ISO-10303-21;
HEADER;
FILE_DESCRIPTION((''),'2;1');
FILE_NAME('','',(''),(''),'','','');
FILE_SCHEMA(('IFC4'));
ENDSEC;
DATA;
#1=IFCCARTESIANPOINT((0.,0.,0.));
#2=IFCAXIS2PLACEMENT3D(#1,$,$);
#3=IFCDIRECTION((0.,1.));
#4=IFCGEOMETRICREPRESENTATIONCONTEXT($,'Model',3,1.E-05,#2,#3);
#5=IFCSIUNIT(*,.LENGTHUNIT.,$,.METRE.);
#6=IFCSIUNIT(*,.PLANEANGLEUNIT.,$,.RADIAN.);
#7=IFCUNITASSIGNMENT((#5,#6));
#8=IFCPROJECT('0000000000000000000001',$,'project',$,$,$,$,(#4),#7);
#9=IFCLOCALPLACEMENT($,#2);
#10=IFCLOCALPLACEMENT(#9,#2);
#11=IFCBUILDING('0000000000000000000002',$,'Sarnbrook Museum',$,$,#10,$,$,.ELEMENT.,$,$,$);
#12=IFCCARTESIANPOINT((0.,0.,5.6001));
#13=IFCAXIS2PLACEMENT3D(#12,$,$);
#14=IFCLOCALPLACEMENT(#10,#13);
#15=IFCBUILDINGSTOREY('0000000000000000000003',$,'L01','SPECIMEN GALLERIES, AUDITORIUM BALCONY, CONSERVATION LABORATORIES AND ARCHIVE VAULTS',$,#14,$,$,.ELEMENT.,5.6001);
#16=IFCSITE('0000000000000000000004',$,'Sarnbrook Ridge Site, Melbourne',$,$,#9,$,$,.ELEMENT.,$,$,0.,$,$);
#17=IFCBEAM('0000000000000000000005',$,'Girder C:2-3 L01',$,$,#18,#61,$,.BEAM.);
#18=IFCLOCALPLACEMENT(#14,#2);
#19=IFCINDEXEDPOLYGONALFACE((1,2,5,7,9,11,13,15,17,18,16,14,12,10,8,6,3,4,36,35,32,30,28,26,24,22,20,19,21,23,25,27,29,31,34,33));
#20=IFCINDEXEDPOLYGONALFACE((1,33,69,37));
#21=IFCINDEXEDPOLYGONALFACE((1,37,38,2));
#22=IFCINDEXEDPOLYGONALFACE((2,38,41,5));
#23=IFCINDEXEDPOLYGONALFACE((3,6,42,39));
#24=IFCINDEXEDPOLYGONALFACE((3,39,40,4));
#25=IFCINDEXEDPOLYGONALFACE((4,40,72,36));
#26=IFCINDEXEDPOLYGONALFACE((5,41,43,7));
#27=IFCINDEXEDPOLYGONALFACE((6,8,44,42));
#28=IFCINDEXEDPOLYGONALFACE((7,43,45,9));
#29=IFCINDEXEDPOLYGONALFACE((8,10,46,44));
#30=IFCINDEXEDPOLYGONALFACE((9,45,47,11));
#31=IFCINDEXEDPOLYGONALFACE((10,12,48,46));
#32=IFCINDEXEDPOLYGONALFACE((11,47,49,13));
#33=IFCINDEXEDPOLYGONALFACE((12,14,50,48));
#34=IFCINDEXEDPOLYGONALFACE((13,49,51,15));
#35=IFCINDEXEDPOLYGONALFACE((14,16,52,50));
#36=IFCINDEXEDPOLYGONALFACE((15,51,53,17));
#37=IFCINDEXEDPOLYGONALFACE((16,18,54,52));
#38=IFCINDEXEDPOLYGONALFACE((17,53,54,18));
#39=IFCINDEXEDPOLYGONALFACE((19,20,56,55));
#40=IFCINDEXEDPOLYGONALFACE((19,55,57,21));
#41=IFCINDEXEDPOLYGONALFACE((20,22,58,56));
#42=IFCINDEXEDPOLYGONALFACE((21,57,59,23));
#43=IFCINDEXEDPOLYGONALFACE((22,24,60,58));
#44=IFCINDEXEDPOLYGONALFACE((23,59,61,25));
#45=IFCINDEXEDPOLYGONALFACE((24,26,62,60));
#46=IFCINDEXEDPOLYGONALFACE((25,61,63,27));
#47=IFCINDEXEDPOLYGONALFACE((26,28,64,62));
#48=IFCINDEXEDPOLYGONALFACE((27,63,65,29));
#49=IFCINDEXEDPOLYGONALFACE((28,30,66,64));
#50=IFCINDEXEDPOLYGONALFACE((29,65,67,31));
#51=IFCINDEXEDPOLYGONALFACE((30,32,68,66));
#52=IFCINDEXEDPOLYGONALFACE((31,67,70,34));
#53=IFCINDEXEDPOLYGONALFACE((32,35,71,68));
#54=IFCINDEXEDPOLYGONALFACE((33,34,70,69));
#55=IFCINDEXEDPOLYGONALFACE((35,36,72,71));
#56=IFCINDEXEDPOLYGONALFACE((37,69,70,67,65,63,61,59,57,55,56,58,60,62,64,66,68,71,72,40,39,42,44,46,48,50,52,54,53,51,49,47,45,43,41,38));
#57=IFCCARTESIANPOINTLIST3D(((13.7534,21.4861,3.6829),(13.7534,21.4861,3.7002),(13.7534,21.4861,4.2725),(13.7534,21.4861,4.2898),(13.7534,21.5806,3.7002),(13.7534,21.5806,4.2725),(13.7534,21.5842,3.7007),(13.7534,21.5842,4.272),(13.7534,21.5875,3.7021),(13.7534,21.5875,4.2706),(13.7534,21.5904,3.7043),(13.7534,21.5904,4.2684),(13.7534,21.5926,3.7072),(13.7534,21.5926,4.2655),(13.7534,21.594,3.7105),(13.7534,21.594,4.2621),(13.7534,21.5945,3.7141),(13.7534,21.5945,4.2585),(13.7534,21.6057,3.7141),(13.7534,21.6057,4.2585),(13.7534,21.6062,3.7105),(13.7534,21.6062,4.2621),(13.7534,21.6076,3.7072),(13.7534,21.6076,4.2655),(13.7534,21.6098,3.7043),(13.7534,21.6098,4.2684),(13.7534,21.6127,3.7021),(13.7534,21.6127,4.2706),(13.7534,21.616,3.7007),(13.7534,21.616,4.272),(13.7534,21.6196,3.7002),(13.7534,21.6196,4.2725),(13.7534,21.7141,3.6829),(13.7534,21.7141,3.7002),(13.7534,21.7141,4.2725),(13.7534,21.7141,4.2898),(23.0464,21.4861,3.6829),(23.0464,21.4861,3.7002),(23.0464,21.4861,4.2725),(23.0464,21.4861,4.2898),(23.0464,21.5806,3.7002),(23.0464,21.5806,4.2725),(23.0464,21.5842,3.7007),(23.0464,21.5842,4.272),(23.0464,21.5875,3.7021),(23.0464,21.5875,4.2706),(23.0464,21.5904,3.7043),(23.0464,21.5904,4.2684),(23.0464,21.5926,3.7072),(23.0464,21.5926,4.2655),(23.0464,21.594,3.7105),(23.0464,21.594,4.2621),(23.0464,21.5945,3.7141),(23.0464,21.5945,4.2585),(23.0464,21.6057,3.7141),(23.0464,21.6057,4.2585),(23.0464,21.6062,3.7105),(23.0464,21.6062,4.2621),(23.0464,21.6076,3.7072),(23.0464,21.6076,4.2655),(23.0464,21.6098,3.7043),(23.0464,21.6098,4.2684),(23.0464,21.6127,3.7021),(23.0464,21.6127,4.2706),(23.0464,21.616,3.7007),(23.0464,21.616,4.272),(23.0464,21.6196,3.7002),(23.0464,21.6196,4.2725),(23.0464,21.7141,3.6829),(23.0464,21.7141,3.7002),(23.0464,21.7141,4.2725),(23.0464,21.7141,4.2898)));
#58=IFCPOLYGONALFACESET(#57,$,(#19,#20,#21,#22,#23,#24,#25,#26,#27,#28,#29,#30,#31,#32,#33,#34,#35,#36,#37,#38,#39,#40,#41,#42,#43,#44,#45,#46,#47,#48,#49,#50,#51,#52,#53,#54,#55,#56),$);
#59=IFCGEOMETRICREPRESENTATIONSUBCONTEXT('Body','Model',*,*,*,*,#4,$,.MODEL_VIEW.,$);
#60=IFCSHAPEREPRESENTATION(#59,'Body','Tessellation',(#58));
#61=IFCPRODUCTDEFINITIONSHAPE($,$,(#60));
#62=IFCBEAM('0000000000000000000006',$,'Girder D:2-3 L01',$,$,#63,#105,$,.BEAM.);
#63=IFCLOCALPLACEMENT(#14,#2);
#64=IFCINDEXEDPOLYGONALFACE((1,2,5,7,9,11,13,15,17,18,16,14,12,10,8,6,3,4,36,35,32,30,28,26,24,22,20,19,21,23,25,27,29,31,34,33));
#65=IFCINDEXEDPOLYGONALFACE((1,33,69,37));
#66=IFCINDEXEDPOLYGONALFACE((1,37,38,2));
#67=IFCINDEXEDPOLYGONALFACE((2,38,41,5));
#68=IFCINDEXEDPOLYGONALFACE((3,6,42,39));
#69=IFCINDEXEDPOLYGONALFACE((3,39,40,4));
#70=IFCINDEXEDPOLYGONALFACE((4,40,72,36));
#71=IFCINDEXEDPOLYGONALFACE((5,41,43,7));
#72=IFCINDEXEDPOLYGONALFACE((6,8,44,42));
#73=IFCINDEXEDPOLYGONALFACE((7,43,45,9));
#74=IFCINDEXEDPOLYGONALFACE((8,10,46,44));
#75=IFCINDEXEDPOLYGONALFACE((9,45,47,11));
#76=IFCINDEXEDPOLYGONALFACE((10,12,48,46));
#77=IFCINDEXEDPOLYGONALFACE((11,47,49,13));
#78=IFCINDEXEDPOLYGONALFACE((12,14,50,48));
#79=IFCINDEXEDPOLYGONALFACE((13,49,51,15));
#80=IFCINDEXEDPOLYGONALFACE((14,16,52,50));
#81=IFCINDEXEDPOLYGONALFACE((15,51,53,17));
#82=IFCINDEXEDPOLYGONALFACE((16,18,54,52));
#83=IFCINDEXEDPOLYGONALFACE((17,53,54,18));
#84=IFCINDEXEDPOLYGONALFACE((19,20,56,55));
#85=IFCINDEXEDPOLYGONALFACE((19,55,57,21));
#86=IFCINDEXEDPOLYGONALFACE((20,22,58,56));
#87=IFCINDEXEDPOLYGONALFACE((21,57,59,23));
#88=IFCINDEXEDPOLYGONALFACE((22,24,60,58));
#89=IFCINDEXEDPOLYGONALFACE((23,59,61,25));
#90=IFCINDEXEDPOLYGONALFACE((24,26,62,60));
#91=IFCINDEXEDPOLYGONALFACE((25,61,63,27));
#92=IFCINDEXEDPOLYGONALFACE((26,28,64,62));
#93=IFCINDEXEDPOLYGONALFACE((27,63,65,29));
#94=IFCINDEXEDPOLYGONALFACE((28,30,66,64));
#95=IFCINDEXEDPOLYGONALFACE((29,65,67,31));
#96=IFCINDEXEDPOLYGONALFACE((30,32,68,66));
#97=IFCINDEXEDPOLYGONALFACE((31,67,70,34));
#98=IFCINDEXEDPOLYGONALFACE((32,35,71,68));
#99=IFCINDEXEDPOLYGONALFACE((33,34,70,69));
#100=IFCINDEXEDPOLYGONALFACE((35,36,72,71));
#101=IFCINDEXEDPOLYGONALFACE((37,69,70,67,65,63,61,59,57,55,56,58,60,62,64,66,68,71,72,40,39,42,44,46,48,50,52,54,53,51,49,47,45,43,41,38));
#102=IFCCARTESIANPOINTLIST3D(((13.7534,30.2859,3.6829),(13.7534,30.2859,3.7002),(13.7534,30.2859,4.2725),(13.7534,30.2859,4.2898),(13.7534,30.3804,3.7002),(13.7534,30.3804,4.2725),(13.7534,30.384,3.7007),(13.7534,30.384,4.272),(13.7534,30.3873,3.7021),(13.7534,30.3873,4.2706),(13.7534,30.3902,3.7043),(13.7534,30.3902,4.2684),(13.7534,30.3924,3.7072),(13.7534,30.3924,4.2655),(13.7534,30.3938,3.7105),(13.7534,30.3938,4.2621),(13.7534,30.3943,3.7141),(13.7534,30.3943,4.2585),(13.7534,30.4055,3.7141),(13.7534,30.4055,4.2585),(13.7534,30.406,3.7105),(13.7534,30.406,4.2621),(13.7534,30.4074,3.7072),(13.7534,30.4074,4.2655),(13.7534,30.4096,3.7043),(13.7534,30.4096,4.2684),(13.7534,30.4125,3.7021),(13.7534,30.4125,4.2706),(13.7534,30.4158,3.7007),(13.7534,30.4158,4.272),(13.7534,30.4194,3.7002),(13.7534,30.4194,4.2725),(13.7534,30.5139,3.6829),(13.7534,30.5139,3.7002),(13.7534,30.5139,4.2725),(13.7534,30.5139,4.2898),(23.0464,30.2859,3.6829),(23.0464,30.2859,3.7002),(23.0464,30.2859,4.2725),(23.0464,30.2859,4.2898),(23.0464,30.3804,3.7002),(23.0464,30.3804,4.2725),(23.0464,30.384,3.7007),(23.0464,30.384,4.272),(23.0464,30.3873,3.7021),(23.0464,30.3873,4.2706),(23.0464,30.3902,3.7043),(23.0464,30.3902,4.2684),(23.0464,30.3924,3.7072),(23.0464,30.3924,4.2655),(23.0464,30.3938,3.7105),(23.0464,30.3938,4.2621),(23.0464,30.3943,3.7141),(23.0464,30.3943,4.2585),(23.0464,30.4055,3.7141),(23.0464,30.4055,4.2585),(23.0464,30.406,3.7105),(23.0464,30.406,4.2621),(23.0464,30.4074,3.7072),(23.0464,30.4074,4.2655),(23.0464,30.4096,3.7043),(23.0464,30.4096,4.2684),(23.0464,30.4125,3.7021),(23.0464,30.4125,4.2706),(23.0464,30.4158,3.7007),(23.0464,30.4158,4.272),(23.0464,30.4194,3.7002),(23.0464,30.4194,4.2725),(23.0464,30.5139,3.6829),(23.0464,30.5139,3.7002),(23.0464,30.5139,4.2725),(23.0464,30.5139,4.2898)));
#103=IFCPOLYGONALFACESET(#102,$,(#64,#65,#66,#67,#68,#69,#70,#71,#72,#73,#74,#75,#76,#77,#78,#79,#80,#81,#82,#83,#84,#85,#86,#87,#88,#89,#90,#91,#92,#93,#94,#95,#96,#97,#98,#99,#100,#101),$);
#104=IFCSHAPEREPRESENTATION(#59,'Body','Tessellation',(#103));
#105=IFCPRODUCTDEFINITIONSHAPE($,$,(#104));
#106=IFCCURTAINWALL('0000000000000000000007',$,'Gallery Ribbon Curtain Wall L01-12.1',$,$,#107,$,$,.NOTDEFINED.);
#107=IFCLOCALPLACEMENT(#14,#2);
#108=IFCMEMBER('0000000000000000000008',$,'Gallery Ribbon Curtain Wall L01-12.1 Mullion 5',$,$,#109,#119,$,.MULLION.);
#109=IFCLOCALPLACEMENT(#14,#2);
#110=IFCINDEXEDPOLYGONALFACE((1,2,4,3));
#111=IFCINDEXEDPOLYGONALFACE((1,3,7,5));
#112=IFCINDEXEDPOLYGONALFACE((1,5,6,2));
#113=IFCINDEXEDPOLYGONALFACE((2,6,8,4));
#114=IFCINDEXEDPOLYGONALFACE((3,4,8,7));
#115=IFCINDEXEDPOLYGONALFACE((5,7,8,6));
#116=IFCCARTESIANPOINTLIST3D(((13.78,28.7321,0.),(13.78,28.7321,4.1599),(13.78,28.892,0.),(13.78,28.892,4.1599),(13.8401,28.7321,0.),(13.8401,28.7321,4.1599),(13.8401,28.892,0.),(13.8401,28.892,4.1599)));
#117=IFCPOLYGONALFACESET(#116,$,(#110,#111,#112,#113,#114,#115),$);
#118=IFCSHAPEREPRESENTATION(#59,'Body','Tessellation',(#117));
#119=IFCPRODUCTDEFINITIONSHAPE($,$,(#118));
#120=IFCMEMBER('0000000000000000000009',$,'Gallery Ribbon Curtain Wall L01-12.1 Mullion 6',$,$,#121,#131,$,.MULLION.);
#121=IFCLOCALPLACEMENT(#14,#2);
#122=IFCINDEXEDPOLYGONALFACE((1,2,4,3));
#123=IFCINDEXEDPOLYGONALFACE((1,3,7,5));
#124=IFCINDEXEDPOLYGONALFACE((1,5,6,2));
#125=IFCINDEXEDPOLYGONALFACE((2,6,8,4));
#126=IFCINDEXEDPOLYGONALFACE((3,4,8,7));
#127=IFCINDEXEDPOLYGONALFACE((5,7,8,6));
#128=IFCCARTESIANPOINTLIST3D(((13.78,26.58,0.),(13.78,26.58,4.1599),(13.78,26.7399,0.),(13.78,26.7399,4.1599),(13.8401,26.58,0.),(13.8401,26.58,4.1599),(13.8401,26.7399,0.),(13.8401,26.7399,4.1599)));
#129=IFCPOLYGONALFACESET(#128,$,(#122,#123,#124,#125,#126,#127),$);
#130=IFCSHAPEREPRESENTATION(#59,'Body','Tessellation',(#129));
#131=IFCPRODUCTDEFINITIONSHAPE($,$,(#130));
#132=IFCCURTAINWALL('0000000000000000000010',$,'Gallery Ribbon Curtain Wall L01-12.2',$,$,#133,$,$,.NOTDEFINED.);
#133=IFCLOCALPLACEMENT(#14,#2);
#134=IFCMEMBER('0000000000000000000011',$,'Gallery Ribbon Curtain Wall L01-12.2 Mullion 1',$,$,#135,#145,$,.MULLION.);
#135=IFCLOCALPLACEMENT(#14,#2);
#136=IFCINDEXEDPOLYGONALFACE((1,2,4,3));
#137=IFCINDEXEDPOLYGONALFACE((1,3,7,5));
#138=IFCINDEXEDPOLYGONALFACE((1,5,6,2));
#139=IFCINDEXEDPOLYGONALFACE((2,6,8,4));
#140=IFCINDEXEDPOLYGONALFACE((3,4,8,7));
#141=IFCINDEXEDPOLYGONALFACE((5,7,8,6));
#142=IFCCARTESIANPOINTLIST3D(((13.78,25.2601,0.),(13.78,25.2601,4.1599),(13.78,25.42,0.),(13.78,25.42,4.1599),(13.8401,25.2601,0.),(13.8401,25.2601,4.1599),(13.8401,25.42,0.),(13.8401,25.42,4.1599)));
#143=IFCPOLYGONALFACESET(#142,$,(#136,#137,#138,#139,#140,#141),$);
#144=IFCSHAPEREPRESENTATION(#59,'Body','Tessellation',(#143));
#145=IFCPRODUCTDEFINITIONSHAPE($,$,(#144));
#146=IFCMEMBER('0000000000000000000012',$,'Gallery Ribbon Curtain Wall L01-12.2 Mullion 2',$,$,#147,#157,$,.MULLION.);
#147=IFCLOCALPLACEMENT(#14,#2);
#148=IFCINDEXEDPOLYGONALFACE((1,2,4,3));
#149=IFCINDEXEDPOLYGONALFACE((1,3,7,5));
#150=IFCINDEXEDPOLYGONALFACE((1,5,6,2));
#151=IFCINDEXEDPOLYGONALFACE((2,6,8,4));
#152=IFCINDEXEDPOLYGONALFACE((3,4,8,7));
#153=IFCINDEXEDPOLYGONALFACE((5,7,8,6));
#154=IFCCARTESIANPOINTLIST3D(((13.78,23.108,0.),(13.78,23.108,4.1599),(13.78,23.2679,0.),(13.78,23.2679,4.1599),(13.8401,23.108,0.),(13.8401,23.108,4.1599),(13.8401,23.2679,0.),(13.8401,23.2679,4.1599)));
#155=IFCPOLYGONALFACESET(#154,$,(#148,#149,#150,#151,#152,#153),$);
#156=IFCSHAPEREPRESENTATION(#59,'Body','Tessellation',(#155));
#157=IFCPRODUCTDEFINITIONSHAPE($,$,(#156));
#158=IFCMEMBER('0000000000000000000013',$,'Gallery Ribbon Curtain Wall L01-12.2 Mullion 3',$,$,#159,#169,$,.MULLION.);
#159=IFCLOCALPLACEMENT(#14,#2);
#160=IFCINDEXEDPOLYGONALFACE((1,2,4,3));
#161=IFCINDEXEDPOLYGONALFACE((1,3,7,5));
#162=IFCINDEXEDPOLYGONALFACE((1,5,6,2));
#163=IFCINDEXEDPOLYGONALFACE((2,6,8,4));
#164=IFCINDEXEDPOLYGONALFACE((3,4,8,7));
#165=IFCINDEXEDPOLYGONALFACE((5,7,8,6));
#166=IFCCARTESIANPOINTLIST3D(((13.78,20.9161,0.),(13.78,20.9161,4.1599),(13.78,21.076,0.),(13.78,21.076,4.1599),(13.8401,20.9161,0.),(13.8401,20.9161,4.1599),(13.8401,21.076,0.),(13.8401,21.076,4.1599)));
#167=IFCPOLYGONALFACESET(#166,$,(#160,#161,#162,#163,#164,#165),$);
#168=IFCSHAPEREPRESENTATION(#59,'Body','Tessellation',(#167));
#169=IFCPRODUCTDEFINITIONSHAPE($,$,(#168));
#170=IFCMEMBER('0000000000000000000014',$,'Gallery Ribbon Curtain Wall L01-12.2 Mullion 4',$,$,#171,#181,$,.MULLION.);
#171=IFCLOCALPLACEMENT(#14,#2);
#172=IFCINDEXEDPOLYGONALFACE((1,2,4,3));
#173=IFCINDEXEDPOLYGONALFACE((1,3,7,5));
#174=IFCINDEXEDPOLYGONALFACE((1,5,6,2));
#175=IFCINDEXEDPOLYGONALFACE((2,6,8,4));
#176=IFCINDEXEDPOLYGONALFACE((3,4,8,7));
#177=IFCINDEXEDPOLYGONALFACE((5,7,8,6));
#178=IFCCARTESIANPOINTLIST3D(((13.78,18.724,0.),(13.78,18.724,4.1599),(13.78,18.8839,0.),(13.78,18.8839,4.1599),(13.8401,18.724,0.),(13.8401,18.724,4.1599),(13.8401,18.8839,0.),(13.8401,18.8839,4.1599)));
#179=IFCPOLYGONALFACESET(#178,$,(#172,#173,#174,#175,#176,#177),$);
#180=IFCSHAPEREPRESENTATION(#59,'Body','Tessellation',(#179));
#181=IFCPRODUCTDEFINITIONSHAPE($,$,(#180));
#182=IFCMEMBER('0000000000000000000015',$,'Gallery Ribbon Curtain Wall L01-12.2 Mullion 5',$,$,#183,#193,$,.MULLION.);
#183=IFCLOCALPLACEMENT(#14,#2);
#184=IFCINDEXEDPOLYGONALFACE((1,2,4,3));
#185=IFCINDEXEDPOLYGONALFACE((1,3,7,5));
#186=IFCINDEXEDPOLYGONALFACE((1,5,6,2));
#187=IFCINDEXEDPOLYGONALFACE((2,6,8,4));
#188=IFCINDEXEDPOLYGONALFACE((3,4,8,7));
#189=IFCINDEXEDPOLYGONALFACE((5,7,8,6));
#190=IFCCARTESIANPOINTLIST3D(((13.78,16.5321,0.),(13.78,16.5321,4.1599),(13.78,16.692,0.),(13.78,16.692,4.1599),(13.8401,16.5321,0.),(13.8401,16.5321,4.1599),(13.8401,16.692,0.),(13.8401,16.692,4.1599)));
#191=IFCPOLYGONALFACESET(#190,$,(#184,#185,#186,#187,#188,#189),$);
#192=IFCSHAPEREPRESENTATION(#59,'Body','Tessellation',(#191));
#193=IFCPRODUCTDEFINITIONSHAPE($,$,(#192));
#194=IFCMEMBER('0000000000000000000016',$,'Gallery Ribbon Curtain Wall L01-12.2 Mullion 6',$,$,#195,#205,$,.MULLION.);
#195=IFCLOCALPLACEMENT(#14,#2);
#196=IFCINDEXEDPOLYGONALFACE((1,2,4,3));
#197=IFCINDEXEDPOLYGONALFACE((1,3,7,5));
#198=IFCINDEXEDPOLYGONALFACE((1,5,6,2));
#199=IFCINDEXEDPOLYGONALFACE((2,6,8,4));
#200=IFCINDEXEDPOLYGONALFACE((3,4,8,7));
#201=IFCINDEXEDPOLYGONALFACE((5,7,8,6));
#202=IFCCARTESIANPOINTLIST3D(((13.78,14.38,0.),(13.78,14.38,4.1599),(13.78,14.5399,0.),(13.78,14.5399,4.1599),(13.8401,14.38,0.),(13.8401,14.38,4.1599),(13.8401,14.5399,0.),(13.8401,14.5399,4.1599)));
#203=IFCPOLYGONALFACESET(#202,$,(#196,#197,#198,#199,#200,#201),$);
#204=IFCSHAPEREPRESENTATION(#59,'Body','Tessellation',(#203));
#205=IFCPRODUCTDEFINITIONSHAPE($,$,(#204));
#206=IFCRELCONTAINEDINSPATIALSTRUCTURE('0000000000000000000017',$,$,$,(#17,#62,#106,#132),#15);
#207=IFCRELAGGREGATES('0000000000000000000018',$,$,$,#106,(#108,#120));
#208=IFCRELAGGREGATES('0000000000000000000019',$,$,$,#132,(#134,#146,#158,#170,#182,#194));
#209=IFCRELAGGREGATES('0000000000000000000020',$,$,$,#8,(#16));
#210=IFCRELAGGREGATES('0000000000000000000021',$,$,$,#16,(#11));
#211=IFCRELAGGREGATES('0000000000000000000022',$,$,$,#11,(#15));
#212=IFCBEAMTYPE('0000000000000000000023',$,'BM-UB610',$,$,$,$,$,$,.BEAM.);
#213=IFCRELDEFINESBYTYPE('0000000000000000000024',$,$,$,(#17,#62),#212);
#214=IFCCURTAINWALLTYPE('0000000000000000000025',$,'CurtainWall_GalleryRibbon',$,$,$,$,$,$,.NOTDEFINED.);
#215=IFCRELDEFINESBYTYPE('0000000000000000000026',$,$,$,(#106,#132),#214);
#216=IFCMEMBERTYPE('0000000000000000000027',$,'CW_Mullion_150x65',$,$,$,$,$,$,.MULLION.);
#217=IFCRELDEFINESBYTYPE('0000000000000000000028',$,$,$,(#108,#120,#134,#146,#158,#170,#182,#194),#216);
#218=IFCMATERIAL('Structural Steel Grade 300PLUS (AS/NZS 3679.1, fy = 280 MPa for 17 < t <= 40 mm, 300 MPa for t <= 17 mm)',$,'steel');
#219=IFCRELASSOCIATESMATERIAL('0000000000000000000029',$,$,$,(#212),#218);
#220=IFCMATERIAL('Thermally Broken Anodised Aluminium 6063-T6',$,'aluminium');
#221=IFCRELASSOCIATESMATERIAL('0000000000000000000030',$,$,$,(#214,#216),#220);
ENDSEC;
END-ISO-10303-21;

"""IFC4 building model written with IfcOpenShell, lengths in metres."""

from ifc_helpers import new_model, si_unit, direction, frame, origin, origin_2d, place, context, subcontext, project, spatial, rectangle, i_section, extrude, material, material_profile, profile_set, type_object, element, aggregate, save


model = new_model("IFC4")

# Units and contexts
model_context = context("Model", 3, precision=1e-05, world=origin(), true_north=direction((0.0, 1.0)))
body_context = subcontext(model_context, "Body", "Model", "MODEL_VIEW")
ifc_project = project(units=[si_unit("LENGTHUNIT", "METRE"), si_unit("PLANEANGLEUNIT", "RADIAN")], contexts=[model_context])

# Site, building, storey
site_placement = place(None, origin())
site = spatial("IfcSite", under=ifc_project, at=site_placement, Name="Sarnbrook Ridge Site, Melbourne", CompositionType="ELEMENT", RefElevation=0.0)
building_placement = place(site_placement, origin())
building = spatial("IfcBuilding", under=site, at=building_placement, Name="Sarnbrook Museum", CompositionType="ELEMENT")
storey_placement = place(building_placement, frame((0.0, 0.0, 5.6001)))
storey = spatial("IfcBuildingStorey", under=building, at=storey_placement, Name="L01", Description="SPECIMEN GALLERIES, AUDITORIUM BALCONY, CONSERVATION LABORATORIES AND ARCHIVE VAULTS", CompositionType="ELEMENT", Elevation=5.6001)

# Shared definitions
ifc_material_1 = material(Name="Structural Steel Grade 300PLUS (AS/NZS 3679.1, fy = 280 MPa for 17 < t <= 40 mm, 300 MPa for t <= 17 mm)", Category="steel")

# Beams
ifc_material_profile_1 = material_profile(ifc_material_1, i_section(OverallWidth=0.228, OverallDepth=0.6069, WebThickness=0.0112, FlangeThickness=0.0173, FilletRadius=0.0139, at=origin_2d()), Name="610UB113")
ifc_profile_set_1 = profile_set([ifc_material_profile_1], Name="Structural Steel Grade 300PLUS (AS/NZS 3679.1, fy = 280 MPa for 17 < t <= 40 mm, 300 MPa for t <= 17 mm)")
beam_type_1 = type_object("IfcBeamType", Name="BM-UB610", PredefinedType="BEAM", material=ifc_profile_set_1)
for number, where, z_axis, x_axis, name in (
    (1, (13.7534, 21.6001, 3.9863), (1.0, 0.0, 0.0), (0.0, 1.0, 0.0), "Girder C:2-3 L01"),
    (2, (13.7534, 30.3999, 3.9863), (1.0, 0.0, 0.0), (0.0, 1.0, 0.0), "Girder D:2-3 L01"),
):
    element("IfcBeam", number, at=place(storey_placement, frame(where, z_axis=z_axis, x_axis=x_axis)), inside=storey, type_object=beam_type_1, Name=name, PredefinedType="BEAM", context=body_context, shape_type="SweptSolid", body=[
        extrude(i_section(OverallWidth=0.228, OverallDepth=0.6069, WebThickness=0.0112, FlangeThickness=0.0173, FilletRadius=0.0139, at=origin_2d()), origin(), (0.0, 0.0, 1.0), 9.293),
    ])

# Curtain wall, members
ifc_material_2 = material(Name="Thermally Broken Anodised Aluminium 6063-T6", Category="aluminium")
curtain_wall_type = type_object("IfcCurtainWallType", Name="CurtainWall_GalleryRibbon", PredefinedType="NOTDEFINED", material=ifc_material_2)
curtain_wall_1_placement = place(storey_placement, origin())
curtain_wall_1 = element("IfcCurtainWall", 3, at=curtain_wall_1_placement, inside=storey, type_object=curtain_wall_type, Name="Gallery Ribbon Curtain Wall L01-12.1", PredefinedType="NOTDEFINED")
ifc_material_profile_2 = material_profile(ifc_material_2, rectangle(XDim=0.0601, YDim=0.1599, at=origin_2d()), Name="ALU MULLION 60x160")
ifc_profile_set_2 = profile_set([ifc_material_profile_2], Name="Thermally Broken Anodised Aluminium 6063-T6")
member_type_1 = type_object("IfcMemberType", Name="CW_Mullion_150x65", PredefinedType="MULLION", material=ifc_profile_set_2)
member_1_placement = place(storey_placement, frame((13.8101, 28.812, 0.0), z_axis=(0.0, 0.0, 1.0), x_axis=(1.0, 0.0, 0.0)))
member_1 = element("IfcMember", 4, at=member_1_placement, type_object=member_type_1, Name="Gallery Ribbon Curtain Wall L01-12.1 Mullion 5", PredefinedType="MULLION", context=body_context, shape_type="SweptSolid", body=[
    extrude(rectangle(XDim=0.0601, YDim=0.1599, at=origin_2d()), origin(), (0.0, 0.0, 1.0), 4.1599),
])
member_2_placement = place(storey_placement, frame((13.8101, 26.6599, 0.0), z_axis=(0.0, 0.0, 1.0), x_axis=(1.0, 0.0, 0.0)))
member_2 = element("IfcMember", 5, at=member_2_placement, type_object=member_type_1, Name="Gallery Ribbon Curtain Wall L01-12.1 Mullion 6", PredefinedType="MULLION", context=body_context, shape_type="SweptSolid", body=[
    extrude(rectangle(XDim=0.0601, YDim=0.1599, at=origin_2d()), origin(), (0.0, 0.0, 1.0), 4.1599),
])
aggregate(curtain_wall_1, [member_1, member_2])

# Curtain wall, members
curtain_wall_2_placement = place(storey_placement, origin())
curtain_wall_2 = element("IfcCurtainWall", 6, at=curtain_wall_2_placement, inside=storey, type_object=curtain_wall_type, Name="Gallery Ribbon Curtain Wall L01-12.2", PredefinedType="NOTDEFINED")
member_3_placement = place(storey_placement, frame((13.8101, 25.3401, 0.0), z_axis=(0.0, 0.0, 1.0), x_axis=(1.0, 0.0, 0.0)))
member_3 = element("IfcMember", 7, at=member_3_placement, type_object=member_type_1, Name="Gallery Ribbon Curtain Wall L01-12.2 Mullion 1", PredefinedType="MULLION", context=body_context, shape_type="SweptSolid", body=[
    extrude(rectangle(XDim=0.0601, YDim=0.1599, at=origin_2d()), origin(), (0.0, 0.0, 1.0), 4.1599),
])
member_4_placement = place(storey_placement, frame((13.8101, 23.188, 0.0), z_axis=(0.0, 0.0, 1.0), x_axis=(1.0, 0.0, 0.0)))
member_4 = element("IfcMember", 8, at=member_4_placement, type_object=member_type_1, Name="Gallery Ribbon Curtain Wall L01-12.2 Mullion 2", PredefinedType="MULLION", context=body_context, shape_type="SweptSolid", body=[
    extrude(rectangle(XDim=0.0601, YDim=0.1599, at=origin_2d()), origin(), (0.0, 0.0, 1.0), 4.1599),
])
member_5_placement = place(storey_placement, frame((13.8101, 20.9961, 0.0), z_axis=(0.0, 0.0, 1.0), x_axis=(1.0, 0.0, 0.0)))
member_5 = element("IfcMember", 9, at=member_5_placement, type_object=member_type_1, Name="Gallery Ribbon Curtain Wall L01-12.2 Mullion 3", PredefinedType="MULLION", context=body_context, shape_type="SweptSolid", body=[
    extrude(rectangle(XDim=0.0601, YDim=0.1599, at=origin_2d()), origin(), (0.0, 0.0, 1.0), 4.1599),
])
member_6_placement = place(storey_placement, frame((13.8101, 18.804, 0.0), z_axis=(0.0, 0.0, 1.0), x_axis=(1.0, 0.0, 0.0)))
member_6 = element("IfcMember", 10, at=member_6_placement, type_object=member_type_1, Name="Gallery Ribbon Curtain Wall L01-12.2 Mullion 4", PredefinedType="MULLION", context=body_context, shape_type="SweptSolid", body=[
    extrude(rectangle(XDim=0.0601, YDim=0.1599, at=origin_2d()), origin(), (0.0, 0.0, 1.0), 4.1599),
])
member_7_placement = place(storey_placement, frame((13.8101, 16.6121, 0.0), z_axis=(0.0, 0.0, 1.0), x_axis=(1.0, 0.0, 0.0)))
member_7 = element("IfcMember", 11, at=member_7_placement, type_object=member_type_1, Name="Gallery Ribbon Curtain Wall L01-12.2 Mullion 5", PredefinedType="MULLION", context=body_context, shape_type="SweptSolid", body=[
    extrude(rectangle(XDim=0.0601, YDim=0.1599, at=origin_2d()), origin(), (0.0, 0.0, 1.0), 4.1599),
])
member_8_placement = place(storey_placement, frame((13.8101, 14.46, 0.0), z_axis=(0.0, 0.0, 1.0), x_axis=(1.0, 0.0, 0.0)))
member_8 = element("IfcMember", 12, at=member_8_placement, type_object=member_type_1, Name="Gallery Ribbon Curtain Wall L01-12.2 Mullion 6", PredefinedType="MULLION", context=body_context, shape_type="SweptSolid", body=[
    extrude(rectangle(XDim=0.0601, YDim=0.1599, at=origin_2d()), origin(), (0.0, 0.0, 1.0), 4.1599),
])
aggregate(curtain_wall_2, [member_3, member_4, member_5, member_6, member_7, member_8])

save(model, "model.ifc")
